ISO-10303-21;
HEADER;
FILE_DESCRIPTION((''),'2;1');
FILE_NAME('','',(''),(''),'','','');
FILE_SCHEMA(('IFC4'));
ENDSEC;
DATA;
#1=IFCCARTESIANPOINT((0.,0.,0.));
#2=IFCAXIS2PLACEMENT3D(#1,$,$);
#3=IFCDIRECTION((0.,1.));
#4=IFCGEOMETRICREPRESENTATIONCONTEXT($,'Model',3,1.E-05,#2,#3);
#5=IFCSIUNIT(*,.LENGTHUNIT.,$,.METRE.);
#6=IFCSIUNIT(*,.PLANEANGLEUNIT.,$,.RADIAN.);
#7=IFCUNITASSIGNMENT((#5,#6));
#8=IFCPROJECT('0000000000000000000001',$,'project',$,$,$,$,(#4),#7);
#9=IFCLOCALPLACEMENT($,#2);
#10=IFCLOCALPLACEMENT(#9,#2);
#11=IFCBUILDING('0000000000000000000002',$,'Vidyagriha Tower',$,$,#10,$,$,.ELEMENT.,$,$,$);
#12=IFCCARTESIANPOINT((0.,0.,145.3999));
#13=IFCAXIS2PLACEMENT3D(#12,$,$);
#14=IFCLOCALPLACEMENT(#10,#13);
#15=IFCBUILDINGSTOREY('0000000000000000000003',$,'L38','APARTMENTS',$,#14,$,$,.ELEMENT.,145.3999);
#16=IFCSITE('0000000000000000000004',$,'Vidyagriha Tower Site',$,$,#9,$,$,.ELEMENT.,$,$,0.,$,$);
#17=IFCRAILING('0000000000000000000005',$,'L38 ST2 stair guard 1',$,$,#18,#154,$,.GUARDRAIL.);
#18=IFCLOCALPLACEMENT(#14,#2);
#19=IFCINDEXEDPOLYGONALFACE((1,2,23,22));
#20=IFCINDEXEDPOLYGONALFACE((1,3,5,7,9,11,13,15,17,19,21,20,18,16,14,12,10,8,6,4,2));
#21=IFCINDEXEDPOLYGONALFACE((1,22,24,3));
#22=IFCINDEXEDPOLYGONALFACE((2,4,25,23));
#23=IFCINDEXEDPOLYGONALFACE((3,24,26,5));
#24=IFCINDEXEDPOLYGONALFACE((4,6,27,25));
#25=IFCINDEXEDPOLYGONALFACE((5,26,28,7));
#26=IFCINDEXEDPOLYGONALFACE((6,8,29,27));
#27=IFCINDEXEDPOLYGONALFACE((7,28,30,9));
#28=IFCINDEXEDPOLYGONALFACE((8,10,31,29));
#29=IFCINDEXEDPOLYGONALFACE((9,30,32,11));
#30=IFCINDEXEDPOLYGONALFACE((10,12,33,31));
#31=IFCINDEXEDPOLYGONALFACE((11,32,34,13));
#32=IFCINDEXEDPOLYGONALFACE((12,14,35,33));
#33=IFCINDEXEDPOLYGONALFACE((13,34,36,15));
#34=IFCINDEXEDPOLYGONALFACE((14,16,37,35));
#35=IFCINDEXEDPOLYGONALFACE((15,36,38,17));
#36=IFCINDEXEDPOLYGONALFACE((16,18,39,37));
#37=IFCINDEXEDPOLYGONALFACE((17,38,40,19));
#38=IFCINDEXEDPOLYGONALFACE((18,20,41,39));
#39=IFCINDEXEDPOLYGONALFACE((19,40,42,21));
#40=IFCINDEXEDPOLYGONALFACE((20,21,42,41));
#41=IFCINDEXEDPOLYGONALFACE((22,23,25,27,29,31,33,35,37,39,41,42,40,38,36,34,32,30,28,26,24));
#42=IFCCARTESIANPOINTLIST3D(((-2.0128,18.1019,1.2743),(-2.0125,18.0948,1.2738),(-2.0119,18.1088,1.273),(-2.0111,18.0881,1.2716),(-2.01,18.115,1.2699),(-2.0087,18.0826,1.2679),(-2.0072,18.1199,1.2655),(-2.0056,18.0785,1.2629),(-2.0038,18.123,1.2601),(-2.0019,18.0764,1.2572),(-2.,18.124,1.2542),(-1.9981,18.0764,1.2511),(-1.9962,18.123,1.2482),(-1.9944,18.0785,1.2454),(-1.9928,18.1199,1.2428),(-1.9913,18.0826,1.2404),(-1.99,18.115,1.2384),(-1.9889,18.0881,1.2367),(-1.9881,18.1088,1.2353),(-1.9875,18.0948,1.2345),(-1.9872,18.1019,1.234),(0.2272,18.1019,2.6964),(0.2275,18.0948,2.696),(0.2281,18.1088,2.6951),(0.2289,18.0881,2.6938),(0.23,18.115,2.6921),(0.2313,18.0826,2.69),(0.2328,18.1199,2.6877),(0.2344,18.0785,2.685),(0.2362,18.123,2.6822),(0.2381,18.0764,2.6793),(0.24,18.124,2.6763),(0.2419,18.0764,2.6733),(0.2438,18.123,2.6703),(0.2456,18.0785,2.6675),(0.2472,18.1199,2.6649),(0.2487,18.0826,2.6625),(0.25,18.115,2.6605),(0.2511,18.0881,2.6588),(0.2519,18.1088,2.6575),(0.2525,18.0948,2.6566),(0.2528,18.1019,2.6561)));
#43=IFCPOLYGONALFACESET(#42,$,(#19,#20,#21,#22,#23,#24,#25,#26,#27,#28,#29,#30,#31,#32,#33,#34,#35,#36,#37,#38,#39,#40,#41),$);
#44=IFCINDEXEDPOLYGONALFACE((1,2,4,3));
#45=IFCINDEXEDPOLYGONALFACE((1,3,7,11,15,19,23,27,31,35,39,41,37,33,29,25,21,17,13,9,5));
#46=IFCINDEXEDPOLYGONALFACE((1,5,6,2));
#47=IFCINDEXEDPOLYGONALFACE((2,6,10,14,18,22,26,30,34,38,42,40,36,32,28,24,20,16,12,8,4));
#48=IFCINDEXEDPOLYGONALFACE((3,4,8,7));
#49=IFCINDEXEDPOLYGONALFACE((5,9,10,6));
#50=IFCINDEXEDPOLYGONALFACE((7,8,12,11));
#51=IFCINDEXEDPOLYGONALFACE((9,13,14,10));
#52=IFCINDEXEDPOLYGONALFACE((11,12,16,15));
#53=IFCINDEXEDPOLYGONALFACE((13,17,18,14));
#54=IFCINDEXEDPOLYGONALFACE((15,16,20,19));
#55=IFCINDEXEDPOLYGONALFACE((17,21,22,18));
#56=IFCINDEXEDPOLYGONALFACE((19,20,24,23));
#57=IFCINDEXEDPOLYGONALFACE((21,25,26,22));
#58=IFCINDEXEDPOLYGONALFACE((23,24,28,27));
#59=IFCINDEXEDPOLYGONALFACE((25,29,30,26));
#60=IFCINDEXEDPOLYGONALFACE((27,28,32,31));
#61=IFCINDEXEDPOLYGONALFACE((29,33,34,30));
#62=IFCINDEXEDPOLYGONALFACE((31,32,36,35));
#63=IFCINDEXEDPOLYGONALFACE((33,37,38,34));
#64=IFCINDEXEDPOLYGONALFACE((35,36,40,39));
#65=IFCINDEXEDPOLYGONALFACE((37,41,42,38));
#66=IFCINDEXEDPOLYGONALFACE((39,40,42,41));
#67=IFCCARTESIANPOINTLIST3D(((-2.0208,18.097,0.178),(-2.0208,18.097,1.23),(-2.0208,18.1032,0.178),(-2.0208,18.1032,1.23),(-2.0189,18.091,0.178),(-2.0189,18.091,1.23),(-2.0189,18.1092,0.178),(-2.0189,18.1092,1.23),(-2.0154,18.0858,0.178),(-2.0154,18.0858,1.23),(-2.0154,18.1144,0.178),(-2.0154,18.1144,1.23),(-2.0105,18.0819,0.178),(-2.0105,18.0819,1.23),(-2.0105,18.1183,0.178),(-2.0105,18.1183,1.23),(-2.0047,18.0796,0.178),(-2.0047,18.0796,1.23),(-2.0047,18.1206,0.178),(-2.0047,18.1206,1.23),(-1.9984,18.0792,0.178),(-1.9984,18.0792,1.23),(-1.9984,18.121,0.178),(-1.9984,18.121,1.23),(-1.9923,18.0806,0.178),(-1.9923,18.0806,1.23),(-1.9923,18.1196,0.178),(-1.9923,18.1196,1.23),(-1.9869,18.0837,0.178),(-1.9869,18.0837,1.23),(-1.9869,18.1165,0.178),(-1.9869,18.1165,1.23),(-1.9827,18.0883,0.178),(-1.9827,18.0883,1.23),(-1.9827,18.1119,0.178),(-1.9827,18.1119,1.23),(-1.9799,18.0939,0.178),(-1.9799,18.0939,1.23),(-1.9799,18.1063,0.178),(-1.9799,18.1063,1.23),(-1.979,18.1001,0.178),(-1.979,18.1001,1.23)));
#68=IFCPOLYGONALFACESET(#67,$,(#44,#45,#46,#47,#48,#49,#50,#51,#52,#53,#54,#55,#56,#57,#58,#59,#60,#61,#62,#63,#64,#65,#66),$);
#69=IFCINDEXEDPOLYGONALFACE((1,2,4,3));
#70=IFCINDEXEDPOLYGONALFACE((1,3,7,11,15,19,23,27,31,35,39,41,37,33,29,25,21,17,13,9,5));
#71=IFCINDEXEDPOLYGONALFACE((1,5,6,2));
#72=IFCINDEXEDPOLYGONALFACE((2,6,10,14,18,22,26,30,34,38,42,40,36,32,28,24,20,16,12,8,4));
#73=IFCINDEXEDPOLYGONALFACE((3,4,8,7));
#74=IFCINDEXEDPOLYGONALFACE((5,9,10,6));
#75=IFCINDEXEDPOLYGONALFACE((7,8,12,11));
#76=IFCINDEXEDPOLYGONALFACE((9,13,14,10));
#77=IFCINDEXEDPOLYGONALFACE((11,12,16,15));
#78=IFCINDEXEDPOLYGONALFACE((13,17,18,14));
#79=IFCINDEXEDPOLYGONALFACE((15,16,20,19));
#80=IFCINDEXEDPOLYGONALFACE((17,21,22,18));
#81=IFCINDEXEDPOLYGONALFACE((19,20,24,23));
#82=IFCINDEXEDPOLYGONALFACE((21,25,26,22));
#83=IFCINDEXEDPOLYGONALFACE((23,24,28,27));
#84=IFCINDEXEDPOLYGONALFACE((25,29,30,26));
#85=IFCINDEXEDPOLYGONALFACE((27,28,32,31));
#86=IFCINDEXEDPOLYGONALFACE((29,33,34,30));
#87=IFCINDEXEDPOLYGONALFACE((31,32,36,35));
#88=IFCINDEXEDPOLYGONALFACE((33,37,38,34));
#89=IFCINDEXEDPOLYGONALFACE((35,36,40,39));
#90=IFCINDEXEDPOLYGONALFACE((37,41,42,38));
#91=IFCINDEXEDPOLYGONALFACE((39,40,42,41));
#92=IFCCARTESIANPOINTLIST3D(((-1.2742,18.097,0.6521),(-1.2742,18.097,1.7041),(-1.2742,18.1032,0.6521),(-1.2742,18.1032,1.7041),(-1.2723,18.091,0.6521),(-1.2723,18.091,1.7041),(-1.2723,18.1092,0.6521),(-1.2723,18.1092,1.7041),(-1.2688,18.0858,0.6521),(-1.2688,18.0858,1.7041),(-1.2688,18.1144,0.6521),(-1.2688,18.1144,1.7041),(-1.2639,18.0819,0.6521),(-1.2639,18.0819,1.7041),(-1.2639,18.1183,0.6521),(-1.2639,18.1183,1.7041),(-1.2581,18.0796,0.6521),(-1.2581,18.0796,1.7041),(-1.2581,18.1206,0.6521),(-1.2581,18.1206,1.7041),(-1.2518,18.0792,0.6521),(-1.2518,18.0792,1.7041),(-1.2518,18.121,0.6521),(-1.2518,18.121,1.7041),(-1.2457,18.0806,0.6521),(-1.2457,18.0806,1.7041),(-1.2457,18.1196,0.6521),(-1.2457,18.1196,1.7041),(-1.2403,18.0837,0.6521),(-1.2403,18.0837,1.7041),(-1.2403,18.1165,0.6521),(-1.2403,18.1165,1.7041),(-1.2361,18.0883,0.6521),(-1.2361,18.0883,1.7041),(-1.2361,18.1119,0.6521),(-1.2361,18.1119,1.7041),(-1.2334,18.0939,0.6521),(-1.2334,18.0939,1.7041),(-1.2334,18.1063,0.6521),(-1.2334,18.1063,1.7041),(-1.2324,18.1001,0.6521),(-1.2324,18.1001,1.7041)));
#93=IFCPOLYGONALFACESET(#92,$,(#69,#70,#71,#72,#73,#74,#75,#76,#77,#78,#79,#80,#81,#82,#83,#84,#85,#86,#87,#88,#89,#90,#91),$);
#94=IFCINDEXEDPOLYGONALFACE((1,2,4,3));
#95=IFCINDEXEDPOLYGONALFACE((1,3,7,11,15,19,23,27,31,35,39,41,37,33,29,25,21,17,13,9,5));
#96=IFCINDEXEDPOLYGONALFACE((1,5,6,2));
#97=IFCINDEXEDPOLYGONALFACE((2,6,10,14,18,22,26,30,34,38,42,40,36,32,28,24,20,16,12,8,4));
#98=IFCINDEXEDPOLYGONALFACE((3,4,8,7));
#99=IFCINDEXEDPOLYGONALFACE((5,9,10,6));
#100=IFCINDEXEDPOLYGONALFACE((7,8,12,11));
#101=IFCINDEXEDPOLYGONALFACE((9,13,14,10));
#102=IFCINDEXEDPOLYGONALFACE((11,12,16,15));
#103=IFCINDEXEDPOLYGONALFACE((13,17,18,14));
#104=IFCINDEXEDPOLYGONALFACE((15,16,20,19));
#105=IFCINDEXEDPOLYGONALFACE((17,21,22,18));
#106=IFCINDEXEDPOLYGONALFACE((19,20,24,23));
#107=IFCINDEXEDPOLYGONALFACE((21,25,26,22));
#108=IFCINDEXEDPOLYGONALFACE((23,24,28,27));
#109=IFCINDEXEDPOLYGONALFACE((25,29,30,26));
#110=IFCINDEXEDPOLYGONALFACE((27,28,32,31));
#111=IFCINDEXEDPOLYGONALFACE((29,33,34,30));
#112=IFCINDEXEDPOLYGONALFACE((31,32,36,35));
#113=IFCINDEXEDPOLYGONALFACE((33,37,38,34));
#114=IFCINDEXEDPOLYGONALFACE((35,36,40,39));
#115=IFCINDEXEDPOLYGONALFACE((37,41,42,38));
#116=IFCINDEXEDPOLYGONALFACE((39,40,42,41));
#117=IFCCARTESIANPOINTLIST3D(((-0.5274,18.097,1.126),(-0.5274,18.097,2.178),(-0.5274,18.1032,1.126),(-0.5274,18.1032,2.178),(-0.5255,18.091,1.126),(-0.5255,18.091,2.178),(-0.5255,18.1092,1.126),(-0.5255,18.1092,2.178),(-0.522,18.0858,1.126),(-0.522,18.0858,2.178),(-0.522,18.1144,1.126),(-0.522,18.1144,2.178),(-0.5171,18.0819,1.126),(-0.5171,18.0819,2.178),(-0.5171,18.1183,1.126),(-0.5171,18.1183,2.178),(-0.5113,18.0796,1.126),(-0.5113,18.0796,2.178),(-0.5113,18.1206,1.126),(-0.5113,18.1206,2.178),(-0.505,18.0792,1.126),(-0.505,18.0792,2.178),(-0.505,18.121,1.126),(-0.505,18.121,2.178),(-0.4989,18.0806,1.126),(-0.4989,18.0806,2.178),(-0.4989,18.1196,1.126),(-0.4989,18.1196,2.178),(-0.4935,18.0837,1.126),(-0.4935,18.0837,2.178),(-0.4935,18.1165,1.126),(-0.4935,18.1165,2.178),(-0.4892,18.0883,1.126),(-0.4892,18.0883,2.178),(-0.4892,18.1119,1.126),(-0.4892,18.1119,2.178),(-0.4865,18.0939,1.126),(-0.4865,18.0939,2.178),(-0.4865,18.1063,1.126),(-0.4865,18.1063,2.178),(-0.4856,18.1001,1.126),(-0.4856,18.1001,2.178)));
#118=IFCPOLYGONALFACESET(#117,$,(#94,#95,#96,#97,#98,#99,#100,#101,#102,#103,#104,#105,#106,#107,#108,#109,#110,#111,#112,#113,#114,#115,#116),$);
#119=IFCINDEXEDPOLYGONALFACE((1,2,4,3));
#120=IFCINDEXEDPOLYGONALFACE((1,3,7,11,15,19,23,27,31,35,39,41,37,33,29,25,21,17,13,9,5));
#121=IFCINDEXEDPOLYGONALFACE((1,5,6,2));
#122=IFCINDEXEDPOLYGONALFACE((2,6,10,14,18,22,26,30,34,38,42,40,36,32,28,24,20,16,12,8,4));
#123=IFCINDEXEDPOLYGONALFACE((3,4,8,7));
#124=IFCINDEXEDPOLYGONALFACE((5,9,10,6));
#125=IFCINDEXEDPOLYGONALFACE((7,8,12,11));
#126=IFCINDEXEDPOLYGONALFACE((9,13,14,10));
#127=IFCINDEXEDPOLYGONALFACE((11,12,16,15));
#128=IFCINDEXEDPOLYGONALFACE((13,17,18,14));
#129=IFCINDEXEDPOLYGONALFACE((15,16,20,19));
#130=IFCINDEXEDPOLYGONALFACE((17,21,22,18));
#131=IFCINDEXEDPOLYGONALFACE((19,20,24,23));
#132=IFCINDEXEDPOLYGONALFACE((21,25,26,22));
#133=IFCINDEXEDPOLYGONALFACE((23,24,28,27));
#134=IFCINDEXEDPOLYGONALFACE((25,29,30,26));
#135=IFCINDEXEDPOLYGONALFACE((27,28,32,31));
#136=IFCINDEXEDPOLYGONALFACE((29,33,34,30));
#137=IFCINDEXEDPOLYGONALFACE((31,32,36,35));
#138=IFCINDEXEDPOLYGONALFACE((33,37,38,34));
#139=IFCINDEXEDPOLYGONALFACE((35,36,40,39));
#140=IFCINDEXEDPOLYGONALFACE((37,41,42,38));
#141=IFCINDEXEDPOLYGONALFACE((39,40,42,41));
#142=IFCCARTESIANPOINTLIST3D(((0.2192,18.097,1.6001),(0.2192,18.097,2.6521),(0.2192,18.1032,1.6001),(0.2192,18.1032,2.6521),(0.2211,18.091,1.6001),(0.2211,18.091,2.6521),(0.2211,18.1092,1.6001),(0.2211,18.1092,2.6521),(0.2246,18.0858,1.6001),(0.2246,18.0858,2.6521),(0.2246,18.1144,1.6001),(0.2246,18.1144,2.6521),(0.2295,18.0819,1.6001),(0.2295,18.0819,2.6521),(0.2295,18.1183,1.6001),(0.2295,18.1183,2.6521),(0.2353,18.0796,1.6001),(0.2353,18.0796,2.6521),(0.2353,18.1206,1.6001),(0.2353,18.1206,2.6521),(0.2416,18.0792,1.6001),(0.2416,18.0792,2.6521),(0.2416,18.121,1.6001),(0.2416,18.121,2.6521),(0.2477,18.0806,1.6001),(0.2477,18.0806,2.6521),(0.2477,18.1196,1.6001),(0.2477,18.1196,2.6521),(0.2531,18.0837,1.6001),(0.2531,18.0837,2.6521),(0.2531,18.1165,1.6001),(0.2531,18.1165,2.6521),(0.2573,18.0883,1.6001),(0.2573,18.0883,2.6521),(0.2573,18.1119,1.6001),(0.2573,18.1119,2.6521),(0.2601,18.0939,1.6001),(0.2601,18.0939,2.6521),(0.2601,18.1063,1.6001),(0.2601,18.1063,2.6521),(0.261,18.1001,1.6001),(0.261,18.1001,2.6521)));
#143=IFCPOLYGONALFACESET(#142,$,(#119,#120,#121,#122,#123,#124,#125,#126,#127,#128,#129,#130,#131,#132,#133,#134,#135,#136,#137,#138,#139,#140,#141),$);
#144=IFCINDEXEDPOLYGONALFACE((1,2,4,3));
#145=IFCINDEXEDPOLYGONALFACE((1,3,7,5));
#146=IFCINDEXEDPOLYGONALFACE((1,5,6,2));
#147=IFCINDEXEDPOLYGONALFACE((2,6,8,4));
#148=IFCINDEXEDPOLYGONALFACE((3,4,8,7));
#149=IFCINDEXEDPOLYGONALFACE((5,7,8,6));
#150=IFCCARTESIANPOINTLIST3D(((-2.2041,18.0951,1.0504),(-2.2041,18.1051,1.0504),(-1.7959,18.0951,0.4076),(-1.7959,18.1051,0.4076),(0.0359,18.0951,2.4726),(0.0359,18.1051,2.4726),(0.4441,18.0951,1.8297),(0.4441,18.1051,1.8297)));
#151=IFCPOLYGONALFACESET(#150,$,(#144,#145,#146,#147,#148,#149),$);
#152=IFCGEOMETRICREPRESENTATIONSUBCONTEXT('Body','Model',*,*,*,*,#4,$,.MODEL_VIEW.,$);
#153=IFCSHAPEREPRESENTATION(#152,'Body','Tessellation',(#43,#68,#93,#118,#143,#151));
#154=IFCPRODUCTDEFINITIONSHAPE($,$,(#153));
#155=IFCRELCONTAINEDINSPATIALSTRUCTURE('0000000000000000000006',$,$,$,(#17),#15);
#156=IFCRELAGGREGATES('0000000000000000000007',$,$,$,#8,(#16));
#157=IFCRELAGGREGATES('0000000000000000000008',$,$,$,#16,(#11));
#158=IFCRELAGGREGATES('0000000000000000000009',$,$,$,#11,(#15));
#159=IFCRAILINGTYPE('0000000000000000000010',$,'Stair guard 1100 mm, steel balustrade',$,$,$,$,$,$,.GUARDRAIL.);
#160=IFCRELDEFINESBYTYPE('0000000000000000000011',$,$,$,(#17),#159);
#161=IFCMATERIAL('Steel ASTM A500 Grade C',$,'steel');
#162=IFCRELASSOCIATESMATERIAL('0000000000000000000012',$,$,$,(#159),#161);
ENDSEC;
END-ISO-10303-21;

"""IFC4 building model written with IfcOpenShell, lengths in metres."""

from ifc_helpers import new_model, si_unit, direction, frame, origin, origin_2d, place, context, subcontext, project, spatial, rectangle, circle, extrude, material, type_object, element, save


model = new_model("IFC4")

# Units and contexts
model_context = context("Model", 3, precision=1e-05, world=origin(), true_north=direction((0.0, 1.0)))
body_context = subcontext(model_context, "Body", "Model", "MODEL_VIEW")
ifc_project = project(units=[si_unit("LENGTHUNIT", "METRE"), si_unit("PLANEANGLEUNIT", "RADIAN")], contexts=[model_context])

# Site, building, storey
site_placement = place(None, origin())
site = spatial("IfcSite", under=ifc_project, at=site_placement, Name="Vidyagriha Tower Site", CompositionType="ELEMENT", RefElevation=0.0)
building_placement = place(site_placement, origin())
building = spatial("IfcBuilding", under=site, at=building_placement, Name="Vidyagriha Tower", CompositionType="ELEMENT")
storey_placement = place(building_placement, frame((0.0, 0.0, 145.3999)))
storey = spatial("IfcBuildingStorey", under=building, at=storey_placement, Name="L38", Description="APARTMENTS", CompositionType="ELEMENT", Elevation=145.3999)

# Railing
ifc_material_1 = material(Name="Steel ASTM A500 Grade C", Category="steel")
railing_type_1 = type_object("IfcRailingType", Name="Stair guard 1100 mm, steel balustrade", PredefinedType="GUARDRAIL", material=ifc_material_1)
railing_1_placement = place(storey_placement, frame((-2.0, 18.1001, 0.178)))
element("IfcRailing", 1, at=railing_1_placement, inside=storey, type_object=railing_type_1, Name="L38 ST2 stair guard 1", PredefinedType="GUARDRAIL", context=body_context, shape_type="SweptSolid", body=[
    extrude(circle(Radius=0.0239, at=origin_2d()), frame((0.0, 0.0, 1.0762), z_axis=(0.844229, 0.0, 0.535982), x_axis=(0.0, 1.0, 0.0)), (0.0, 0.0, 1.0), 2.6533),
    extrude(circle(Radius=0.021, at=origin_2d()), origin(), (0.0, 0.0, 1.0), 1.052),
    extrude(circle(Radius=0.021, at=origin_2d()), frame((0.7466, 0.0, 0.4741)), (0.0, 0.0, 1.0), 1.052),
    extrude(circle(Radius=0.021, at=origin_2d()), frame((1.4934, 0.0, 0.948)), (0.0, 0.0, 1.0), 1.052),
    extrude(circle(Radius=0.021, at=origin_2d()), frame((2.24, 0.0, 1.4221)), (0.0, 0.0, 1.0), 1.052),
    extrude(rectangle(XDim=0.01, YDim=0.7615, at=origin_2d()), frame((0.0, 0.0, 0.551), z_axis=(0.844229, 0.0, 0.535982), x_axis=(0.0, 1.0, 0.0)), (0.0, 0.0, 1.0), 2.6533),
])

save(model, "model.ifc")
